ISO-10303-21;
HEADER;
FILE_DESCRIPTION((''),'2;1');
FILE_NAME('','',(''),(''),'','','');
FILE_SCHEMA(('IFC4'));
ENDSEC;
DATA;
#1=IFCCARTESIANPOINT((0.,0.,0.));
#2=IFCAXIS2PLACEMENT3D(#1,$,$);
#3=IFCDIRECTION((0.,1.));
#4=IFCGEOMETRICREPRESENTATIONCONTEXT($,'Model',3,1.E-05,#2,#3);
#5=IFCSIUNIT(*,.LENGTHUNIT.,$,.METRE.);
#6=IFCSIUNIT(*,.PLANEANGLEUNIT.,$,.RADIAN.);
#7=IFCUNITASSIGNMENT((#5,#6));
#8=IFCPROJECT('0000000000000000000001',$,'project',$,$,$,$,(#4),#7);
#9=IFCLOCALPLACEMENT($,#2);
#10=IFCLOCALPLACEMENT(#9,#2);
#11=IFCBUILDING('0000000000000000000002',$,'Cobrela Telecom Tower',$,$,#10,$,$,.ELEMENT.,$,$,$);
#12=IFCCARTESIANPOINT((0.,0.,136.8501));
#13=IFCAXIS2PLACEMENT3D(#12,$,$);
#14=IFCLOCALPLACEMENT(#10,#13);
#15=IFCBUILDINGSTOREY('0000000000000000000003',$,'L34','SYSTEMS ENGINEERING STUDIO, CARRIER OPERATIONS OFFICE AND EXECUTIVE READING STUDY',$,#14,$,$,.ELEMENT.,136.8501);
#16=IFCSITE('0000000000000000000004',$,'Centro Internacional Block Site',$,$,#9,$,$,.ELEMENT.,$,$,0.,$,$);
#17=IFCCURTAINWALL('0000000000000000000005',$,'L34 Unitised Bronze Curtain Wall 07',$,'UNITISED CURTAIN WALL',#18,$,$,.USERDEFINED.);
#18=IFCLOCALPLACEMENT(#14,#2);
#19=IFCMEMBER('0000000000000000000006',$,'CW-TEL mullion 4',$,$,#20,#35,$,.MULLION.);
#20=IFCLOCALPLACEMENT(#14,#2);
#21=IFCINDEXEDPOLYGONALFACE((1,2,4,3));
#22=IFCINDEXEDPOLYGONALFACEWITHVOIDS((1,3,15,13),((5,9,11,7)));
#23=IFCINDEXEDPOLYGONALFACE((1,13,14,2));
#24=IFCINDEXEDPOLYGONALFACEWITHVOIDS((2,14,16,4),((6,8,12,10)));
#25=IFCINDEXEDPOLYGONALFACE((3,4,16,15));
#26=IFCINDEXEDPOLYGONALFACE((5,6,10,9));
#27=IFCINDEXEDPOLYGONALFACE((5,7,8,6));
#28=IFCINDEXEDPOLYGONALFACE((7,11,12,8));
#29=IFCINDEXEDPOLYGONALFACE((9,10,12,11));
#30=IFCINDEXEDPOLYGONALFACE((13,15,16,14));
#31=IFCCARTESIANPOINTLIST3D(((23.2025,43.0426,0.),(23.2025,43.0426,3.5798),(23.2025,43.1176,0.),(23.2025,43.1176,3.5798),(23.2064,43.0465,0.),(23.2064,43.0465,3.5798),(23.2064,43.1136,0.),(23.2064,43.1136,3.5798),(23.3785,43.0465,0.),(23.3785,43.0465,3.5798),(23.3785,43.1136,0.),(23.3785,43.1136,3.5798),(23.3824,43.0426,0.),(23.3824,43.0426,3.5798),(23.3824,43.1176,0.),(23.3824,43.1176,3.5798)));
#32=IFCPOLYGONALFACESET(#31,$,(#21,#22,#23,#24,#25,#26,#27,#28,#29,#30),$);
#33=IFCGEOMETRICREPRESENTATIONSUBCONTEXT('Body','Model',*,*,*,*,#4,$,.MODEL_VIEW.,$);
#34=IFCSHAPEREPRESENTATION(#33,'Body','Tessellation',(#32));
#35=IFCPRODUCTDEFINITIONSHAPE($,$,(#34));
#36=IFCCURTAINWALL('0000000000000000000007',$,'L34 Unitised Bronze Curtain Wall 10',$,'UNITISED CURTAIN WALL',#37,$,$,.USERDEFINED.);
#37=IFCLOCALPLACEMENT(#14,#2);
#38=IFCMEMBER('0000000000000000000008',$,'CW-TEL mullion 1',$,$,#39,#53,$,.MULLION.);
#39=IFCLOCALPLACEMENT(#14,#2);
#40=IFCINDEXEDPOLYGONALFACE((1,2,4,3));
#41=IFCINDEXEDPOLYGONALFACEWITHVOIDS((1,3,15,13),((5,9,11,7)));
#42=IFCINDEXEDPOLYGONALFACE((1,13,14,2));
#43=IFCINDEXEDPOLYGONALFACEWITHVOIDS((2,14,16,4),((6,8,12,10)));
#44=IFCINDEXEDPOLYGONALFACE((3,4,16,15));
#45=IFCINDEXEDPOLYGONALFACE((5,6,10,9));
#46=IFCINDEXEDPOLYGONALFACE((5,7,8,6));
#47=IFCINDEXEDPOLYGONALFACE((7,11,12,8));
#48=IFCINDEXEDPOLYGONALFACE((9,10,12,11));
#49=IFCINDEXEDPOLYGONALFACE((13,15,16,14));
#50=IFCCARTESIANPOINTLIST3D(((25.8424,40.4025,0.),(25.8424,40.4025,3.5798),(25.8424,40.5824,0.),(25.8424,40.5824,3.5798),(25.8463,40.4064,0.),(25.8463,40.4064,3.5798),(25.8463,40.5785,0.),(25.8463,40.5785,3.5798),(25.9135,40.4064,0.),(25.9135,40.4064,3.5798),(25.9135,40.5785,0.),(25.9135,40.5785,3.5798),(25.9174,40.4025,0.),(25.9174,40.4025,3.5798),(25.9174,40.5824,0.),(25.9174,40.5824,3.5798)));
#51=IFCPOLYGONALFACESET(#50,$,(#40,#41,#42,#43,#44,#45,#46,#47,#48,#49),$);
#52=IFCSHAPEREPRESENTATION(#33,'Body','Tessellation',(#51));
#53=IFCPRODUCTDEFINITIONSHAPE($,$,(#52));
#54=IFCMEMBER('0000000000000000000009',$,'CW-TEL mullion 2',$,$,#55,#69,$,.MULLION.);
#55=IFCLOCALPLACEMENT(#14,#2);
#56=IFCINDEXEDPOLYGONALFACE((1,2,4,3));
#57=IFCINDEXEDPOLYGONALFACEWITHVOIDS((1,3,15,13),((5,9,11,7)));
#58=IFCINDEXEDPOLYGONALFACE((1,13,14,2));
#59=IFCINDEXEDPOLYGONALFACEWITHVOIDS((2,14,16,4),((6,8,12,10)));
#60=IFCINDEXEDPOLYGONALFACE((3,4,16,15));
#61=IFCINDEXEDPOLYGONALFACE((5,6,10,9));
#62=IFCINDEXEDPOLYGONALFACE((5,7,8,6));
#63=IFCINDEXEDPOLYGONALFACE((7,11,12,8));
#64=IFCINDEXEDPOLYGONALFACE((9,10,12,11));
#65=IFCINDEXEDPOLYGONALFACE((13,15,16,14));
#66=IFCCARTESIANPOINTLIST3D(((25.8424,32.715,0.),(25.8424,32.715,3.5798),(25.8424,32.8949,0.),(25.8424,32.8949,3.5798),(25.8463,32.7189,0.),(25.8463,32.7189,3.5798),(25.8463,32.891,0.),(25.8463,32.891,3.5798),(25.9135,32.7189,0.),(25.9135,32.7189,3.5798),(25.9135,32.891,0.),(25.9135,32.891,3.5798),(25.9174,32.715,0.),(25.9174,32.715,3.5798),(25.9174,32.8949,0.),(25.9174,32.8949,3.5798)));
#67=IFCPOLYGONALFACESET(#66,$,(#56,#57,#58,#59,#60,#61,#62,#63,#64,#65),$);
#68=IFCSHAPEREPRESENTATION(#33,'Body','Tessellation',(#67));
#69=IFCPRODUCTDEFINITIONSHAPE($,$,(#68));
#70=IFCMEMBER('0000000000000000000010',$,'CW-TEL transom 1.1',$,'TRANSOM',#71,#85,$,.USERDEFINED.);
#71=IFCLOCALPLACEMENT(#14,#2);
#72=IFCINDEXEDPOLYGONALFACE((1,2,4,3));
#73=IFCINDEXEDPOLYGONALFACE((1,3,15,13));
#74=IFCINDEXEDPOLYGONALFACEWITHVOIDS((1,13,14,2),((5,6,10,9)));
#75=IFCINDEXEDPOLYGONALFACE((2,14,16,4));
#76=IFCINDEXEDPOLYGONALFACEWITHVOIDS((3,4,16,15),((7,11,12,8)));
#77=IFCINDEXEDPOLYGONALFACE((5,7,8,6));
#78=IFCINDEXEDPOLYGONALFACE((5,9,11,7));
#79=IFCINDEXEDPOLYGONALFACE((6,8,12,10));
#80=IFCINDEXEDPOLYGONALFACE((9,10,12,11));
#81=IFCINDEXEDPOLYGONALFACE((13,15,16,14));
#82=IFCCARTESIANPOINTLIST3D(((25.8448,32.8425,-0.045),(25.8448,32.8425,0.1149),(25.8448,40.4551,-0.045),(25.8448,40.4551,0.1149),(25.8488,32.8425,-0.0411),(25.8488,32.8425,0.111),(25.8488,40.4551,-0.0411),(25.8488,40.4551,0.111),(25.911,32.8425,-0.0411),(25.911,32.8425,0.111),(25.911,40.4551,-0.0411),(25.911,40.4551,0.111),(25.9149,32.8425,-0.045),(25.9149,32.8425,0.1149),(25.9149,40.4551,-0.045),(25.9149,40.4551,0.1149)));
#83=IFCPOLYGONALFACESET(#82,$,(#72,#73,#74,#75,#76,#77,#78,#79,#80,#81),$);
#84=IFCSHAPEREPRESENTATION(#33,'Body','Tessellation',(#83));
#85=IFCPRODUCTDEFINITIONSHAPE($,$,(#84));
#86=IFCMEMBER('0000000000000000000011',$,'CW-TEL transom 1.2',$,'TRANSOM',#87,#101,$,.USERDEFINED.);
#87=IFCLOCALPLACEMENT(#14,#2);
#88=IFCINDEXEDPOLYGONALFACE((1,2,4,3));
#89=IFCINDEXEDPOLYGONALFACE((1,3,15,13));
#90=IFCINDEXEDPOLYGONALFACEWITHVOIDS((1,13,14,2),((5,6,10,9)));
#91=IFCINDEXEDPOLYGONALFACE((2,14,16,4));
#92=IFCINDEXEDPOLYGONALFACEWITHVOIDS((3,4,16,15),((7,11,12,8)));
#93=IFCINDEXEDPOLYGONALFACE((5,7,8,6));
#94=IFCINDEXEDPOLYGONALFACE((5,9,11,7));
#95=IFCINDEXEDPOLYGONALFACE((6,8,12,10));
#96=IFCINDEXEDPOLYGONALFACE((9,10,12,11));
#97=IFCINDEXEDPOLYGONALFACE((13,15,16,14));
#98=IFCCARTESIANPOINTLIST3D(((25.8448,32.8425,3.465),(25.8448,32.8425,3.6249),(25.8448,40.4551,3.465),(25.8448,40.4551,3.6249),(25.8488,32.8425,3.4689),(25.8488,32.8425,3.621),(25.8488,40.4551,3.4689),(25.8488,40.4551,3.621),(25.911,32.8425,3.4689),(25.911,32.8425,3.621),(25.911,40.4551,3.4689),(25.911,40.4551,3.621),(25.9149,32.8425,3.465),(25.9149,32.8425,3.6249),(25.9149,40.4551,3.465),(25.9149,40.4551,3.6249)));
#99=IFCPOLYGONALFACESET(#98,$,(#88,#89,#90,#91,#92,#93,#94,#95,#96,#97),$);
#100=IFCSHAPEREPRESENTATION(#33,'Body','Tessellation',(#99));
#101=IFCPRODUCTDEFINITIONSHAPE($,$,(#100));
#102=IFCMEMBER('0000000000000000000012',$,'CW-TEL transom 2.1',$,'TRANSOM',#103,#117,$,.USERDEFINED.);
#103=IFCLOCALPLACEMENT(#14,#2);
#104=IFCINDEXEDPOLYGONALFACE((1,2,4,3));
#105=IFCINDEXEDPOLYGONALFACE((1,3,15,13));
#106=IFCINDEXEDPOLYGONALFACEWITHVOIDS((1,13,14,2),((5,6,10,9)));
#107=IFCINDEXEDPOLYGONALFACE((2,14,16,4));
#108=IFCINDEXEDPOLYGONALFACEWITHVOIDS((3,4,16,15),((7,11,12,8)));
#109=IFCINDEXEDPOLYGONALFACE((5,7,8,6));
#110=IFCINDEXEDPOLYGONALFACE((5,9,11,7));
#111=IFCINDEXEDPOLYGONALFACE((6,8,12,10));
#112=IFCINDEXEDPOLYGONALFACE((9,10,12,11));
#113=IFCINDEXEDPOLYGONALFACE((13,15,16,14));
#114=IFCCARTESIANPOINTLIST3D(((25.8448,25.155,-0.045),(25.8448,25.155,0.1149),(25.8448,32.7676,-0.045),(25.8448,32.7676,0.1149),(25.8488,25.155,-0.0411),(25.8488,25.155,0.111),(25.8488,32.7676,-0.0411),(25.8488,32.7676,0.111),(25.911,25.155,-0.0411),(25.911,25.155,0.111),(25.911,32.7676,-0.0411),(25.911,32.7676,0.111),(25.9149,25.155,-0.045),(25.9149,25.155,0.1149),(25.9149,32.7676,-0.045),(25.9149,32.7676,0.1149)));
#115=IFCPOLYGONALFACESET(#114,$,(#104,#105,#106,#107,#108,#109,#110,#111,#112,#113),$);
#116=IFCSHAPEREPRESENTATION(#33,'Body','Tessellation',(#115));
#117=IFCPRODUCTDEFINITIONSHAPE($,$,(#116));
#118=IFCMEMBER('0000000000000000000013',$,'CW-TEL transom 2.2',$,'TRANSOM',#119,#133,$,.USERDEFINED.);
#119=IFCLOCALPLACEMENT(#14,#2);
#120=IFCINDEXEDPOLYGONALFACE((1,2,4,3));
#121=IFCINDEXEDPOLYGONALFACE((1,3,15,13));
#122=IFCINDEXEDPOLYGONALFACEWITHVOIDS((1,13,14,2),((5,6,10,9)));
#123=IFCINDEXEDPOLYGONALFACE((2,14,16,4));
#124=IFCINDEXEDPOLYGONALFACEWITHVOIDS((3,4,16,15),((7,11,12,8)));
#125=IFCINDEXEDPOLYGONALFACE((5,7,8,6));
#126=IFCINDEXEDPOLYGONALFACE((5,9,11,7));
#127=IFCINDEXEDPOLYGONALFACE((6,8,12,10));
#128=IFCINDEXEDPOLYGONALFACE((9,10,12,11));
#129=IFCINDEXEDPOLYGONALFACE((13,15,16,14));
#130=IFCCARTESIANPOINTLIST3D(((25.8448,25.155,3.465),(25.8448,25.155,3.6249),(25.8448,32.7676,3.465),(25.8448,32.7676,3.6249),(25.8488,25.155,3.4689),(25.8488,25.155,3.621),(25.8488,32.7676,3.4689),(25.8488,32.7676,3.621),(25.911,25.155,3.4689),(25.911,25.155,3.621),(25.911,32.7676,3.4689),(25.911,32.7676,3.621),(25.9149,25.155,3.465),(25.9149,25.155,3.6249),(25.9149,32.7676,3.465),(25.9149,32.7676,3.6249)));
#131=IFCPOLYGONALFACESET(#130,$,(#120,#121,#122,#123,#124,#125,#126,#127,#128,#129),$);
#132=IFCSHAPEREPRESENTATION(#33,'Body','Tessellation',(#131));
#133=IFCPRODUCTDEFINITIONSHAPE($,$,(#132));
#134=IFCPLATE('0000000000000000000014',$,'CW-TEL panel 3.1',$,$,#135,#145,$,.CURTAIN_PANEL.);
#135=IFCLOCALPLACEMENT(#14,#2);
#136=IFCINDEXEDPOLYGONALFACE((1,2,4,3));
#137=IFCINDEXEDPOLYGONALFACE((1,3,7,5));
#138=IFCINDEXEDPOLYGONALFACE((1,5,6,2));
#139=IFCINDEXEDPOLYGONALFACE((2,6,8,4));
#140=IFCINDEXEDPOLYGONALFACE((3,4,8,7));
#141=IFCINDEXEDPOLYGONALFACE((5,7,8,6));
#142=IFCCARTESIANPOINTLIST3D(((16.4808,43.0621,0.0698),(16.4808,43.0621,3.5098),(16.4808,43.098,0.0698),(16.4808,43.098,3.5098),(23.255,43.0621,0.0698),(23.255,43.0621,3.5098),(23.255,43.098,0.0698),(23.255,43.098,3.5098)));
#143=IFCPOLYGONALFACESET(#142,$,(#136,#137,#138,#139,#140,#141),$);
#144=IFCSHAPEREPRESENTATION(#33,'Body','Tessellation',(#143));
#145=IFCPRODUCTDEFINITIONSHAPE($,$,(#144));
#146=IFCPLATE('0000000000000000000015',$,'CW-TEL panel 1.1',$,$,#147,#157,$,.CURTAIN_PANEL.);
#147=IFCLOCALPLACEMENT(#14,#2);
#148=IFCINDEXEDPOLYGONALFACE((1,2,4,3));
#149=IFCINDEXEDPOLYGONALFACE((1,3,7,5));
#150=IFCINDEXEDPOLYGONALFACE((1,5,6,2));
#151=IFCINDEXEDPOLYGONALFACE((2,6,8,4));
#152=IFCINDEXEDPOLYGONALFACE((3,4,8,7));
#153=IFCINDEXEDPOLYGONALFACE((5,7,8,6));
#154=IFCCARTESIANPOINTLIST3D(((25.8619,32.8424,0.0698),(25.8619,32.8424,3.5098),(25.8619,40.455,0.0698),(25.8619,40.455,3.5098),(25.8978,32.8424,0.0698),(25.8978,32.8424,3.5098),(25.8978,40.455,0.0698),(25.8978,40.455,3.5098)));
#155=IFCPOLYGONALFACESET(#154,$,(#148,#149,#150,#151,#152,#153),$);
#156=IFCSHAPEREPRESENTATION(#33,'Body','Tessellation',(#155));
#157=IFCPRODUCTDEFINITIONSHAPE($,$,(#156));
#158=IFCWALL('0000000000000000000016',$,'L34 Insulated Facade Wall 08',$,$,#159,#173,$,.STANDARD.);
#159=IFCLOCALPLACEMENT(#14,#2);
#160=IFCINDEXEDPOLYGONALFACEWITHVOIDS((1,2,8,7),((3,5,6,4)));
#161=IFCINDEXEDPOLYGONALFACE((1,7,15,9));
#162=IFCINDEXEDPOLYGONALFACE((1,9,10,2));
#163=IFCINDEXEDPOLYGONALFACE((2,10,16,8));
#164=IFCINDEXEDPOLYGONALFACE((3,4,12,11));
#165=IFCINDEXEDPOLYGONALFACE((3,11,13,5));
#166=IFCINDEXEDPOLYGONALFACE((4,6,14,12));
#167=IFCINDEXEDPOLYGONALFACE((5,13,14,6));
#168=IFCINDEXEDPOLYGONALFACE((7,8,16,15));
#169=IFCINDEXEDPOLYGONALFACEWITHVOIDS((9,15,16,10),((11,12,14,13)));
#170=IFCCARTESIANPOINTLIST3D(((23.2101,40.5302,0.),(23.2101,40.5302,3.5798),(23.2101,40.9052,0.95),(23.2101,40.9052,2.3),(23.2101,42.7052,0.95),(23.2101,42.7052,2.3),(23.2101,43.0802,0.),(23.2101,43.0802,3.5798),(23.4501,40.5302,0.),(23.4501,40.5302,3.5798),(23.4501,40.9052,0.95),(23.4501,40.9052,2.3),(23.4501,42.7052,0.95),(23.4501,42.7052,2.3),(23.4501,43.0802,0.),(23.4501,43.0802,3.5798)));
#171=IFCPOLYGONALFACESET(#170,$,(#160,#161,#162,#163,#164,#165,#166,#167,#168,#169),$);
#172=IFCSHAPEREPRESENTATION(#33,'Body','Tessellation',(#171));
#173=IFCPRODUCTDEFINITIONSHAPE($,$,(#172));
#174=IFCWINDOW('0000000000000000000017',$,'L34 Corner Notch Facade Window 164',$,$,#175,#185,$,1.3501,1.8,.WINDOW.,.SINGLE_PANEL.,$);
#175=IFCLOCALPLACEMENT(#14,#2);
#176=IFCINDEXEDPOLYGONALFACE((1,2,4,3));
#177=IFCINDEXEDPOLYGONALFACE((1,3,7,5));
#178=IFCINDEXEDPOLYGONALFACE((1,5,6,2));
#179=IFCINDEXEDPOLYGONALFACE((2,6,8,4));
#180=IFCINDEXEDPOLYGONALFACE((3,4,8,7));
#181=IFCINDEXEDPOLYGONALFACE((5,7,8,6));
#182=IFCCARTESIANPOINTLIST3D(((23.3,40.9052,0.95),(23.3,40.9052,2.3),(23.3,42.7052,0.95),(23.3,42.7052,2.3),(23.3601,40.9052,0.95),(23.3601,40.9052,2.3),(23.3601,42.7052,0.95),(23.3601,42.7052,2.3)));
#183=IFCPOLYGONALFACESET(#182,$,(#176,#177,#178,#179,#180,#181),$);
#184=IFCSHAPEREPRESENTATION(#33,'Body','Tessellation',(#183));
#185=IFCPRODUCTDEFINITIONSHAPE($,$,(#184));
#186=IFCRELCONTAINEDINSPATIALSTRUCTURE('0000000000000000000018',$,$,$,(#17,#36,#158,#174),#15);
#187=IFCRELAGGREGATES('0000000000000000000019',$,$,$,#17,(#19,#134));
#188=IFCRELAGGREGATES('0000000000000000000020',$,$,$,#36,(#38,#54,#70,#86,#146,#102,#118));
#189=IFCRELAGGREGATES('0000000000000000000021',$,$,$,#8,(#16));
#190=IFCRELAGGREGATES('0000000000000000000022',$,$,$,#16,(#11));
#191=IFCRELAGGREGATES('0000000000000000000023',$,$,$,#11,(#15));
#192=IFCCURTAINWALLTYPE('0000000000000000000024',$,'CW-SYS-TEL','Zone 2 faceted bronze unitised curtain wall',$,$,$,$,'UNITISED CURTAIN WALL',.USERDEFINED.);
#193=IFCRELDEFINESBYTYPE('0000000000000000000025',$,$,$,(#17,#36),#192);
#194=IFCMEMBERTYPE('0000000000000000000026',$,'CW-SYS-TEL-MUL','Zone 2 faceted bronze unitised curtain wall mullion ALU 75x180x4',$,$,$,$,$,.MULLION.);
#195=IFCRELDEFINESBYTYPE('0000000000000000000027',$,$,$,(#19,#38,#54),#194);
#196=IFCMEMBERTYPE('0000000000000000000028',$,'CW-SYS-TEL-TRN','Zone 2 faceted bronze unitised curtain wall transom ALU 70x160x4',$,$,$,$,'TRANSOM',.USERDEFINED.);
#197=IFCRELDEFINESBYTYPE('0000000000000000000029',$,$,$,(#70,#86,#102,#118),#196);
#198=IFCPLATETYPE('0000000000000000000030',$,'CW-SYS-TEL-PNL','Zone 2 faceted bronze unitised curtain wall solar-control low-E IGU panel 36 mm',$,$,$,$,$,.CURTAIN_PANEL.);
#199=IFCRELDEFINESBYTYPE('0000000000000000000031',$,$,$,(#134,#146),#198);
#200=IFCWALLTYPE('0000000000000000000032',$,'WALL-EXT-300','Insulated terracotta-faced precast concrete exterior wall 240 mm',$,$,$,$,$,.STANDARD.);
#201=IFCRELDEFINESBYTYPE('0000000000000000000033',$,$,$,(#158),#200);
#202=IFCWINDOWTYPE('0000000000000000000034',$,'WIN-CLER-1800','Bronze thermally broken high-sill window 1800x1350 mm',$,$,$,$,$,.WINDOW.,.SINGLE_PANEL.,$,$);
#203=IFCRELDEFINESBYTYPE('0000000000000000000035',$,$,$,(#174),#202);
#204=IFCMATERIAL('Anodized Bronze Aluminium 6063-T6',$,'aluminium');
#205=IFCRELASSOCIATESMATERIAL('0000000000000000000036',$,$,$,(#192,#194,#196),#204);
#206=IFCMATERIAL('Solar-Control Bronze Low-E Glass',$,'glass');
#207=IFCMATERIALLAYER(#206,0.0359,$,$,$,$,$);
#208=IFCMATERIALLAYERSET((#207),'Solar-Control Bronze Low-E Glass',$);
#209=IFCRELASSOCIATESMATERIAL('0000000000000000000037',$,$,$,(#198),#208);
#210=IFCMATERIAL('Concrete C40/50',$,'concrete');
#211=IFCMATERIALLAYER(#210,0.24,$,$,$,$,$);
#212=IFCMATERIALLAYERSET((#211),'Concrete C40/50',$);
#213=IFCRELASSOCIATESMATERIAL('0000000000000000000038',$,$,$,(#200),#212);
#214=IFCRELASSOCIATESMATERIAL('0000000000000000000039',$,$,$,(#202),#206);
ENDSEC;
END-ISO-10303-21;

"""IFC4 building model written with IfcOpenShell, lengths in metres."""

from ifc_helpers import new_model, si_unit, direction, frame, frame_2d, origin, origin_2d, place, context, subcontext, project, spatial, rectangle, hollow_rectangle, extrude, material, layer, layer_set, material_profile, profile_set, type_object, element, fill, aggregate, save


model = new_model("IFC4")

# Units and contexts
model_context = context("Model", 3, precision=1e-05, world=origin(), true_north=direction((0.0, 1.0)))
body_context = subcontext(model_context, "Body", "Model", "MODEL_VIEW")
ifc_project = project(units=[si_unit("LENGTHUNIT", "METRE"), si_unit("PLANEANGLEUNIT", "RADIAN")], contexts=[model_context])

# Site, building, storey
site_placement = place(None, origin())
site = spatial("IfcSite", under=ifc_project, at=site_placement, Name="Centro Internacional Block Site", CompositionType="ELEMENT", RefElevation=0.0)
building_placement = place(site_placement, origin())
building = spatial("IfcBuilding", under=site, at=building_placement, Name="Cobrela Telecom Tower", CompositionType="ELEMENT")
storey_placement = place(building_placement, frame((0.0, 0.0, 136.8501)))
storey = spatial("IfcBuildingStorey", under=building, at=storey_placement, Name="L34", Description="SYSTEMS ENGINEERING STUDIO, CARRIER OPERATIONS OFFICE AND EXECUTIVE READING STUDY", CompositionType="ELEMENT", Elevation=136.8501)

# Curtain wall, member
ifc_material_1 = material(Name="Anodized Bronze Aluminium 6063-T6", Category="aluminium")
curtain_wall_type = type_object("IfcCurtainWallType", Name="CW-SYS-TEL", Description="Zone 2 faceted bronze unitised curtain wall", ElementType="UNITISED CURTAIN WALL", PredefinedType="USERDEFINED", material=ifc_material_1)
curtain_wall_1_placement = place(storey_placement, origin())
curtain_wall_1 = element("IfcCurtainWall", 1, at=curtain_wall_1_placement, inside=storey, type_object=curtain_wall_type, Name="L34 Unitised Bronze Curtain Wall 07", ObjectType="UNITISED CURTAIN WALL", PredefinedType="USERDEFINED")
ifc_material_profile_1 = material_profile(ifc_material_1, hollow_rectangle(XDim=0.075, YDim=0.1799, WallThickness=0.0039, at=origin_2d()), Name="ALU 75x180x4")
ifc_profile_set_1 = profile_set([ifc_material_profile_1], Name="Anodized Bronze Aluminium 6063-T6")
member_type_1 = type_object("IfcMemberType", Name="CW-SYS-TEL-MUL", Description="Zone 2 faceted bronze unitised curtain wall mullion ALU 75x180x4", PredefinedType="MULLION", material=ifc_profile_set_1)
member_1_placement = place(storey_placement, frame((23.2925, 43.0801, 0.0), z_axis=(0.0, 0.0, 1.0), x_axis=(0.0, 1.0, 0.0)))
member_1 = element("IfcMember", 2, at=member_1_placement, type_object=member_type_1, Name="CW-TEL mullion 4", PredefinedType="MULLION", context=body_context, shape_type="SweptSolid", body=[
    extrude(hollow_rectangle(XDim=0.075, YDim=0.1799, WallThickness=0.0039, at=origin_2d()), origin(), (0.0, 0.0, 1.0), 3.5798),
])

# Curtain wall, members
curtain_wall_2_placement = place(storey_placement, origin())
curtain_wall_2 = element("IfcCurtainWall", 3, at=curtain_wall_2_placement, inside=storey, type_object=curtain_wall_type, Name="L34 Unitised Bronze Curtain Wall 10", ObjectType="UNITISED CURTAIN WALL", PredefinedType="USERDEFINED")
member_2_placement = place(storey_placement, frame((25.8799, 40.4924, 0.0), z_axis=(0.0, 0.0, 1.0), x_axis=(1.0, 0.0, 0.0)))
member_2 = element("IfcMember", 4, at=member_2_placement, type_object=member_type_1, Name="CW-TEL mullion 1", PredefinedType="MULLION", context=body_context, shape_type="SweptSolid", body=[
    extrude(hollow_rectangle(XDim=0.075, YDim=0.1799, WallThickness=0.0039, at=origin_2d()), origin(), (0.0, 0.0, 1.0), 3.5798),
])
member_3_placement = place(storey_placement, frame((25.8799, 32.8049, 0.0), z_axis=(0.0, 0.0, 1.0), x_axis=(1.0, 0.0, 0.0)))
member_3 = element("IfcMember", 5, at=member_3_placement, type_object=member_type_1, Name="CW-TEL mullion 2", PredefinedType="MULLION", context=body_context, shape_type="SweptSolid", body=[
    extrude(hollow_rectangle(XDim=0.075, YDim=0.1799, WallThickness=0.0039, at=origin_2d()), origin(), (0.0, 0.0, 1.0), 3.5798),
])
ifc_material_profile_2 = material_profile(ifc_material_1, hollow_rectangle(XDim=0.0701, YDim=0.1599, WallThickness=0.0039, at=origin_2d()), Name="ALU 70x160x4")
ifc_profile_set_2 = profile_set([ifc_material_profile_2], Name="Anodized Bronze Aluminium 6063-T6")
member_type_2 = type_object("IfcMemberType", Name="CW-SYS-TEL-TRN", Description="Zone 2 faceted bronze unitised curtain wall transom ALU 70x160x4", ElementType="TRANSOM", PredefinedType="USERDEFINED", material=ifc_profile_set_2)
member_4_placement = place(storey_placement, frame((25.8799, 40.4551, 0.0349), z_axis=(0.0, -1.0, 0.0), x_axis=(1.0, 0.0, 0.0)))
member_4 = element("IfcMember", 6, at=member_4_placement, type_object=member_type_2, Name="CW-TEL transom 1.1", ObjectType="TRANSOM", PredefinedType="USERDEFINED", context=body_context, shape_type="SweptSolid", body=[
    extrude(hollow_rectangle(XDim=0.0701, YDim=0.1599, WallThickness=0.0039, at=origin_2d()), origin(), (0.0, 0.0, 1.0), 7.6125),
])
member_5_placement = place(storey_placement, frame((25.8799, 40.4551, 3.5449), z_axis=(0.0, -1.0, 0.0), x_axis=(1.0, 0.0, 0.0)))
member_5 = element("IfcMember", 7, at=member_5_placement, type_object=member_type_2, Name="CW-TEL transom 1.2", ObjectType="TRANSOM", PredefinedType="USERDEFINED", context=body_context, shape_type="SweptSolid", body=[
    extrude(hollow_rectangle(XDim=0.0701, YDim=0.1599, WallThickness=0.0039, at=origin_2d()), origin(), (0.0, 0.0, 1.0), 7.6125),
])
member_6_placement = place(storey_placement, frame((25.8799, 32.7676, 0.0349), z_axis=(0.0, -1.0, 0.0), x_axis=(1.0, 0.0, 0.0)))
member_6 = element("IfcMember", 8, at=member_6_placement, type_object=member_type_2, Name="CW-TEL transom 2.1", ObjectType="TRANSOM", PredefinedType="USERDEFINED", context=body_context, shape_type="SweptSolid", body=[
    extrude(hollow_rectangle(XDim=0.0701, YDim=0.1599, WallThickness=0.0039, at=origin_2d()), origin(), (0.0, 0.0, 1.0), 7.6125),
])
member_7_placement = place(storey_placement, frame((25.8799, 32.7676, 3.5449), z_axis=(0.0, -1.0, 0.0), x_axis=(1.0, 0.0, 0.0)))
member_7 = element("IfcMember", 9, at=member_7_placement, type_object=member_type_2, Name="CW-TEL transom 2.2", ObjectType="TRANSOM", PredefinedType="USERDEFINED", context=body_context, shape_type="SweptSolid", body=[
    extrude(hollow_rectangle(XDim=0.0701, YDim=0.1599, WallThickness=0.0039, at=origin_2d()), origin(), (0.0, 0.0, 1.0), 7.6125),
])

# Plates
ifc_material_2 = material(Name="Solar-Control Bronze Low-E Glass", Category="glass")
ifc_layer_1 = layer(ifc_material_2, 0.0359)
ifc_layer_set_1 = layer_set([ifc_layer_1], Name="Solar-Control Bronze Low-E Glass")
plate_type = type_object("IfcPlateType", Name="CW-SYS-TEL-PNL", Description="Zone 2 faceted bronze unitised curtain wall solar-control low-E IGU panel 36 mm", PredefinedType="CURTAIN_PANEL", material=ifc_layer_set_1)
plate_1_placement = place(storey_placement, frame((19.8679, 43.0801, 0.0698), z_axis=(0.0, 0.0, 1.0), x_axis=(1.0, 0.0, 0.0)))
plate_1 = element("IfcPlate", 10, at=plate_1_placement, type_object=plate_type, Name="CW-TEL panel 3.1", PredefinedType="CURTAIN_PANEL", context=body_context, shape_type="SweptSolid", body=[
    extrude(rectangle(XDim=6.7742, YDim=0.0359, at=origin_2d()), origin(), (0.0, 0.0, 1.0), 3.4399),
])
aggregate(curtain_wall_1, [member_1, plate_1])
plate_2_placement = place(storey_placement, frame((25.8799, 36.6487, 0.0698), z_axis=(0.0, 0.0, 1.0), x_axis=(0.0, -1.0, 0.0)))
plate_2 = element("IfcPlate", 11, at=plate_2_placement, type_object=plate_type, Name="CW-TEL panel 1.1", PredefinedType="CURTAIN_PANEL", context=body_context, shape_type="SweptSolid", body=[
    extrude(rectangle(XDim=7.6125, YDim=0.0359, at=origin_2d()), origin(), (0.0, 0.0, 1.0), 3.4399),
])
aggregate(curtain_wall_2, [member_2, member_3, member_4, member_5, plate_2, member_6, member_7])

# Wall, opening, window
ifc_material_3 = material(Name="Concrete C40/50", Category="concrete")
ifc_layer_2 = layer(ifc_material_3, 0.24)
ifc_layer_set_2 = layer_set([ifc_layer_2], Name="Concrete C40/50")
wall_type = type_object("IfcWallType", Name="WALL-EXT-300", Description="Insulated terracotta-faced precast concrete exterior wall 240 mm", PredefinedType="STANDARD", material=ifc_layer_set_2)
wall_1_placement = place(storey_placement, frame((23.3301, 43.0801, 0.0), z_axis=(0.0, 0.0, 1.0), x_axis=(0.0, -1.0, 0.0)))
wall_1 = element("IfcWall", 12, at=wall_1_placement, inside=storey, type_object=wall_type, Name="L34 Insulated Facade Wall 08", PredefinedType="STANDARD", context=body_context, shape_type="SweptSolid", body=[
    extrude(rectangle(XDim=2.55, YDim=0.24, at=frame_2d((1.2749, 0.0))), origin(), (0.0, 0.0, 1.0), 3.5798),
])
opening_1_placement = place(wall_1_placement, frame((0.375, 0.0, 0.95)))
opening_1 = element("IfcOpeningElement", 13, at=opening_1_placement, cuts=wall_1, PredefinedType="OPENING", context=body_context, shape_type="SweptSolid", body=[
    extrude(rectangle(XDim=1.8, YDim=1.3501, at=frame_2d((0.8999, 0.675))), frame((0.0, 0.1318, 0.0), z_axis=(0.0, -1.0, 0.0), x_axis=(1.0, 0.0, 0.0)), (0.0, 0.0, 1.0), 0.2639),
])
window_type_1 = type_object("IfcWindowType", Name="WIN-CLER-1800", Description="Bronze thermally broken high-sill window 1800x1350 mm", PartitioningType="SINGLE_PANEL", PredefinedType="WINDOW", material=ifc_material_2)
window_1_placement = place(opening_1_placement, origin())
window_1 = element("IfcWindow", 14, at=window_1_placement, inside=storey, type_object=window_type_1, Name="L34 Corner Notch Facade Window 164", OverallHeight=1.3501, OverallWidth=1.8, PartitioningType="SINGLE_PANEL", PredefinedType="WINDOW", context=body_context, shape_type="SweptSolid", body=[
    extrude(rectangle(XDim=1.8, YDim=1.3501, at=frame_2d((0.8999, 0.675))), frame((0.0, 0.03, 0.0), z_axis=(0.0, -1.0, 0.0), x_axis=(1.0, 0.0, 0.0)), (0.0, 0.0, 1.0), 0.0601),
])
fill(opening_1, window_1)

save(model, "model.ifc")
